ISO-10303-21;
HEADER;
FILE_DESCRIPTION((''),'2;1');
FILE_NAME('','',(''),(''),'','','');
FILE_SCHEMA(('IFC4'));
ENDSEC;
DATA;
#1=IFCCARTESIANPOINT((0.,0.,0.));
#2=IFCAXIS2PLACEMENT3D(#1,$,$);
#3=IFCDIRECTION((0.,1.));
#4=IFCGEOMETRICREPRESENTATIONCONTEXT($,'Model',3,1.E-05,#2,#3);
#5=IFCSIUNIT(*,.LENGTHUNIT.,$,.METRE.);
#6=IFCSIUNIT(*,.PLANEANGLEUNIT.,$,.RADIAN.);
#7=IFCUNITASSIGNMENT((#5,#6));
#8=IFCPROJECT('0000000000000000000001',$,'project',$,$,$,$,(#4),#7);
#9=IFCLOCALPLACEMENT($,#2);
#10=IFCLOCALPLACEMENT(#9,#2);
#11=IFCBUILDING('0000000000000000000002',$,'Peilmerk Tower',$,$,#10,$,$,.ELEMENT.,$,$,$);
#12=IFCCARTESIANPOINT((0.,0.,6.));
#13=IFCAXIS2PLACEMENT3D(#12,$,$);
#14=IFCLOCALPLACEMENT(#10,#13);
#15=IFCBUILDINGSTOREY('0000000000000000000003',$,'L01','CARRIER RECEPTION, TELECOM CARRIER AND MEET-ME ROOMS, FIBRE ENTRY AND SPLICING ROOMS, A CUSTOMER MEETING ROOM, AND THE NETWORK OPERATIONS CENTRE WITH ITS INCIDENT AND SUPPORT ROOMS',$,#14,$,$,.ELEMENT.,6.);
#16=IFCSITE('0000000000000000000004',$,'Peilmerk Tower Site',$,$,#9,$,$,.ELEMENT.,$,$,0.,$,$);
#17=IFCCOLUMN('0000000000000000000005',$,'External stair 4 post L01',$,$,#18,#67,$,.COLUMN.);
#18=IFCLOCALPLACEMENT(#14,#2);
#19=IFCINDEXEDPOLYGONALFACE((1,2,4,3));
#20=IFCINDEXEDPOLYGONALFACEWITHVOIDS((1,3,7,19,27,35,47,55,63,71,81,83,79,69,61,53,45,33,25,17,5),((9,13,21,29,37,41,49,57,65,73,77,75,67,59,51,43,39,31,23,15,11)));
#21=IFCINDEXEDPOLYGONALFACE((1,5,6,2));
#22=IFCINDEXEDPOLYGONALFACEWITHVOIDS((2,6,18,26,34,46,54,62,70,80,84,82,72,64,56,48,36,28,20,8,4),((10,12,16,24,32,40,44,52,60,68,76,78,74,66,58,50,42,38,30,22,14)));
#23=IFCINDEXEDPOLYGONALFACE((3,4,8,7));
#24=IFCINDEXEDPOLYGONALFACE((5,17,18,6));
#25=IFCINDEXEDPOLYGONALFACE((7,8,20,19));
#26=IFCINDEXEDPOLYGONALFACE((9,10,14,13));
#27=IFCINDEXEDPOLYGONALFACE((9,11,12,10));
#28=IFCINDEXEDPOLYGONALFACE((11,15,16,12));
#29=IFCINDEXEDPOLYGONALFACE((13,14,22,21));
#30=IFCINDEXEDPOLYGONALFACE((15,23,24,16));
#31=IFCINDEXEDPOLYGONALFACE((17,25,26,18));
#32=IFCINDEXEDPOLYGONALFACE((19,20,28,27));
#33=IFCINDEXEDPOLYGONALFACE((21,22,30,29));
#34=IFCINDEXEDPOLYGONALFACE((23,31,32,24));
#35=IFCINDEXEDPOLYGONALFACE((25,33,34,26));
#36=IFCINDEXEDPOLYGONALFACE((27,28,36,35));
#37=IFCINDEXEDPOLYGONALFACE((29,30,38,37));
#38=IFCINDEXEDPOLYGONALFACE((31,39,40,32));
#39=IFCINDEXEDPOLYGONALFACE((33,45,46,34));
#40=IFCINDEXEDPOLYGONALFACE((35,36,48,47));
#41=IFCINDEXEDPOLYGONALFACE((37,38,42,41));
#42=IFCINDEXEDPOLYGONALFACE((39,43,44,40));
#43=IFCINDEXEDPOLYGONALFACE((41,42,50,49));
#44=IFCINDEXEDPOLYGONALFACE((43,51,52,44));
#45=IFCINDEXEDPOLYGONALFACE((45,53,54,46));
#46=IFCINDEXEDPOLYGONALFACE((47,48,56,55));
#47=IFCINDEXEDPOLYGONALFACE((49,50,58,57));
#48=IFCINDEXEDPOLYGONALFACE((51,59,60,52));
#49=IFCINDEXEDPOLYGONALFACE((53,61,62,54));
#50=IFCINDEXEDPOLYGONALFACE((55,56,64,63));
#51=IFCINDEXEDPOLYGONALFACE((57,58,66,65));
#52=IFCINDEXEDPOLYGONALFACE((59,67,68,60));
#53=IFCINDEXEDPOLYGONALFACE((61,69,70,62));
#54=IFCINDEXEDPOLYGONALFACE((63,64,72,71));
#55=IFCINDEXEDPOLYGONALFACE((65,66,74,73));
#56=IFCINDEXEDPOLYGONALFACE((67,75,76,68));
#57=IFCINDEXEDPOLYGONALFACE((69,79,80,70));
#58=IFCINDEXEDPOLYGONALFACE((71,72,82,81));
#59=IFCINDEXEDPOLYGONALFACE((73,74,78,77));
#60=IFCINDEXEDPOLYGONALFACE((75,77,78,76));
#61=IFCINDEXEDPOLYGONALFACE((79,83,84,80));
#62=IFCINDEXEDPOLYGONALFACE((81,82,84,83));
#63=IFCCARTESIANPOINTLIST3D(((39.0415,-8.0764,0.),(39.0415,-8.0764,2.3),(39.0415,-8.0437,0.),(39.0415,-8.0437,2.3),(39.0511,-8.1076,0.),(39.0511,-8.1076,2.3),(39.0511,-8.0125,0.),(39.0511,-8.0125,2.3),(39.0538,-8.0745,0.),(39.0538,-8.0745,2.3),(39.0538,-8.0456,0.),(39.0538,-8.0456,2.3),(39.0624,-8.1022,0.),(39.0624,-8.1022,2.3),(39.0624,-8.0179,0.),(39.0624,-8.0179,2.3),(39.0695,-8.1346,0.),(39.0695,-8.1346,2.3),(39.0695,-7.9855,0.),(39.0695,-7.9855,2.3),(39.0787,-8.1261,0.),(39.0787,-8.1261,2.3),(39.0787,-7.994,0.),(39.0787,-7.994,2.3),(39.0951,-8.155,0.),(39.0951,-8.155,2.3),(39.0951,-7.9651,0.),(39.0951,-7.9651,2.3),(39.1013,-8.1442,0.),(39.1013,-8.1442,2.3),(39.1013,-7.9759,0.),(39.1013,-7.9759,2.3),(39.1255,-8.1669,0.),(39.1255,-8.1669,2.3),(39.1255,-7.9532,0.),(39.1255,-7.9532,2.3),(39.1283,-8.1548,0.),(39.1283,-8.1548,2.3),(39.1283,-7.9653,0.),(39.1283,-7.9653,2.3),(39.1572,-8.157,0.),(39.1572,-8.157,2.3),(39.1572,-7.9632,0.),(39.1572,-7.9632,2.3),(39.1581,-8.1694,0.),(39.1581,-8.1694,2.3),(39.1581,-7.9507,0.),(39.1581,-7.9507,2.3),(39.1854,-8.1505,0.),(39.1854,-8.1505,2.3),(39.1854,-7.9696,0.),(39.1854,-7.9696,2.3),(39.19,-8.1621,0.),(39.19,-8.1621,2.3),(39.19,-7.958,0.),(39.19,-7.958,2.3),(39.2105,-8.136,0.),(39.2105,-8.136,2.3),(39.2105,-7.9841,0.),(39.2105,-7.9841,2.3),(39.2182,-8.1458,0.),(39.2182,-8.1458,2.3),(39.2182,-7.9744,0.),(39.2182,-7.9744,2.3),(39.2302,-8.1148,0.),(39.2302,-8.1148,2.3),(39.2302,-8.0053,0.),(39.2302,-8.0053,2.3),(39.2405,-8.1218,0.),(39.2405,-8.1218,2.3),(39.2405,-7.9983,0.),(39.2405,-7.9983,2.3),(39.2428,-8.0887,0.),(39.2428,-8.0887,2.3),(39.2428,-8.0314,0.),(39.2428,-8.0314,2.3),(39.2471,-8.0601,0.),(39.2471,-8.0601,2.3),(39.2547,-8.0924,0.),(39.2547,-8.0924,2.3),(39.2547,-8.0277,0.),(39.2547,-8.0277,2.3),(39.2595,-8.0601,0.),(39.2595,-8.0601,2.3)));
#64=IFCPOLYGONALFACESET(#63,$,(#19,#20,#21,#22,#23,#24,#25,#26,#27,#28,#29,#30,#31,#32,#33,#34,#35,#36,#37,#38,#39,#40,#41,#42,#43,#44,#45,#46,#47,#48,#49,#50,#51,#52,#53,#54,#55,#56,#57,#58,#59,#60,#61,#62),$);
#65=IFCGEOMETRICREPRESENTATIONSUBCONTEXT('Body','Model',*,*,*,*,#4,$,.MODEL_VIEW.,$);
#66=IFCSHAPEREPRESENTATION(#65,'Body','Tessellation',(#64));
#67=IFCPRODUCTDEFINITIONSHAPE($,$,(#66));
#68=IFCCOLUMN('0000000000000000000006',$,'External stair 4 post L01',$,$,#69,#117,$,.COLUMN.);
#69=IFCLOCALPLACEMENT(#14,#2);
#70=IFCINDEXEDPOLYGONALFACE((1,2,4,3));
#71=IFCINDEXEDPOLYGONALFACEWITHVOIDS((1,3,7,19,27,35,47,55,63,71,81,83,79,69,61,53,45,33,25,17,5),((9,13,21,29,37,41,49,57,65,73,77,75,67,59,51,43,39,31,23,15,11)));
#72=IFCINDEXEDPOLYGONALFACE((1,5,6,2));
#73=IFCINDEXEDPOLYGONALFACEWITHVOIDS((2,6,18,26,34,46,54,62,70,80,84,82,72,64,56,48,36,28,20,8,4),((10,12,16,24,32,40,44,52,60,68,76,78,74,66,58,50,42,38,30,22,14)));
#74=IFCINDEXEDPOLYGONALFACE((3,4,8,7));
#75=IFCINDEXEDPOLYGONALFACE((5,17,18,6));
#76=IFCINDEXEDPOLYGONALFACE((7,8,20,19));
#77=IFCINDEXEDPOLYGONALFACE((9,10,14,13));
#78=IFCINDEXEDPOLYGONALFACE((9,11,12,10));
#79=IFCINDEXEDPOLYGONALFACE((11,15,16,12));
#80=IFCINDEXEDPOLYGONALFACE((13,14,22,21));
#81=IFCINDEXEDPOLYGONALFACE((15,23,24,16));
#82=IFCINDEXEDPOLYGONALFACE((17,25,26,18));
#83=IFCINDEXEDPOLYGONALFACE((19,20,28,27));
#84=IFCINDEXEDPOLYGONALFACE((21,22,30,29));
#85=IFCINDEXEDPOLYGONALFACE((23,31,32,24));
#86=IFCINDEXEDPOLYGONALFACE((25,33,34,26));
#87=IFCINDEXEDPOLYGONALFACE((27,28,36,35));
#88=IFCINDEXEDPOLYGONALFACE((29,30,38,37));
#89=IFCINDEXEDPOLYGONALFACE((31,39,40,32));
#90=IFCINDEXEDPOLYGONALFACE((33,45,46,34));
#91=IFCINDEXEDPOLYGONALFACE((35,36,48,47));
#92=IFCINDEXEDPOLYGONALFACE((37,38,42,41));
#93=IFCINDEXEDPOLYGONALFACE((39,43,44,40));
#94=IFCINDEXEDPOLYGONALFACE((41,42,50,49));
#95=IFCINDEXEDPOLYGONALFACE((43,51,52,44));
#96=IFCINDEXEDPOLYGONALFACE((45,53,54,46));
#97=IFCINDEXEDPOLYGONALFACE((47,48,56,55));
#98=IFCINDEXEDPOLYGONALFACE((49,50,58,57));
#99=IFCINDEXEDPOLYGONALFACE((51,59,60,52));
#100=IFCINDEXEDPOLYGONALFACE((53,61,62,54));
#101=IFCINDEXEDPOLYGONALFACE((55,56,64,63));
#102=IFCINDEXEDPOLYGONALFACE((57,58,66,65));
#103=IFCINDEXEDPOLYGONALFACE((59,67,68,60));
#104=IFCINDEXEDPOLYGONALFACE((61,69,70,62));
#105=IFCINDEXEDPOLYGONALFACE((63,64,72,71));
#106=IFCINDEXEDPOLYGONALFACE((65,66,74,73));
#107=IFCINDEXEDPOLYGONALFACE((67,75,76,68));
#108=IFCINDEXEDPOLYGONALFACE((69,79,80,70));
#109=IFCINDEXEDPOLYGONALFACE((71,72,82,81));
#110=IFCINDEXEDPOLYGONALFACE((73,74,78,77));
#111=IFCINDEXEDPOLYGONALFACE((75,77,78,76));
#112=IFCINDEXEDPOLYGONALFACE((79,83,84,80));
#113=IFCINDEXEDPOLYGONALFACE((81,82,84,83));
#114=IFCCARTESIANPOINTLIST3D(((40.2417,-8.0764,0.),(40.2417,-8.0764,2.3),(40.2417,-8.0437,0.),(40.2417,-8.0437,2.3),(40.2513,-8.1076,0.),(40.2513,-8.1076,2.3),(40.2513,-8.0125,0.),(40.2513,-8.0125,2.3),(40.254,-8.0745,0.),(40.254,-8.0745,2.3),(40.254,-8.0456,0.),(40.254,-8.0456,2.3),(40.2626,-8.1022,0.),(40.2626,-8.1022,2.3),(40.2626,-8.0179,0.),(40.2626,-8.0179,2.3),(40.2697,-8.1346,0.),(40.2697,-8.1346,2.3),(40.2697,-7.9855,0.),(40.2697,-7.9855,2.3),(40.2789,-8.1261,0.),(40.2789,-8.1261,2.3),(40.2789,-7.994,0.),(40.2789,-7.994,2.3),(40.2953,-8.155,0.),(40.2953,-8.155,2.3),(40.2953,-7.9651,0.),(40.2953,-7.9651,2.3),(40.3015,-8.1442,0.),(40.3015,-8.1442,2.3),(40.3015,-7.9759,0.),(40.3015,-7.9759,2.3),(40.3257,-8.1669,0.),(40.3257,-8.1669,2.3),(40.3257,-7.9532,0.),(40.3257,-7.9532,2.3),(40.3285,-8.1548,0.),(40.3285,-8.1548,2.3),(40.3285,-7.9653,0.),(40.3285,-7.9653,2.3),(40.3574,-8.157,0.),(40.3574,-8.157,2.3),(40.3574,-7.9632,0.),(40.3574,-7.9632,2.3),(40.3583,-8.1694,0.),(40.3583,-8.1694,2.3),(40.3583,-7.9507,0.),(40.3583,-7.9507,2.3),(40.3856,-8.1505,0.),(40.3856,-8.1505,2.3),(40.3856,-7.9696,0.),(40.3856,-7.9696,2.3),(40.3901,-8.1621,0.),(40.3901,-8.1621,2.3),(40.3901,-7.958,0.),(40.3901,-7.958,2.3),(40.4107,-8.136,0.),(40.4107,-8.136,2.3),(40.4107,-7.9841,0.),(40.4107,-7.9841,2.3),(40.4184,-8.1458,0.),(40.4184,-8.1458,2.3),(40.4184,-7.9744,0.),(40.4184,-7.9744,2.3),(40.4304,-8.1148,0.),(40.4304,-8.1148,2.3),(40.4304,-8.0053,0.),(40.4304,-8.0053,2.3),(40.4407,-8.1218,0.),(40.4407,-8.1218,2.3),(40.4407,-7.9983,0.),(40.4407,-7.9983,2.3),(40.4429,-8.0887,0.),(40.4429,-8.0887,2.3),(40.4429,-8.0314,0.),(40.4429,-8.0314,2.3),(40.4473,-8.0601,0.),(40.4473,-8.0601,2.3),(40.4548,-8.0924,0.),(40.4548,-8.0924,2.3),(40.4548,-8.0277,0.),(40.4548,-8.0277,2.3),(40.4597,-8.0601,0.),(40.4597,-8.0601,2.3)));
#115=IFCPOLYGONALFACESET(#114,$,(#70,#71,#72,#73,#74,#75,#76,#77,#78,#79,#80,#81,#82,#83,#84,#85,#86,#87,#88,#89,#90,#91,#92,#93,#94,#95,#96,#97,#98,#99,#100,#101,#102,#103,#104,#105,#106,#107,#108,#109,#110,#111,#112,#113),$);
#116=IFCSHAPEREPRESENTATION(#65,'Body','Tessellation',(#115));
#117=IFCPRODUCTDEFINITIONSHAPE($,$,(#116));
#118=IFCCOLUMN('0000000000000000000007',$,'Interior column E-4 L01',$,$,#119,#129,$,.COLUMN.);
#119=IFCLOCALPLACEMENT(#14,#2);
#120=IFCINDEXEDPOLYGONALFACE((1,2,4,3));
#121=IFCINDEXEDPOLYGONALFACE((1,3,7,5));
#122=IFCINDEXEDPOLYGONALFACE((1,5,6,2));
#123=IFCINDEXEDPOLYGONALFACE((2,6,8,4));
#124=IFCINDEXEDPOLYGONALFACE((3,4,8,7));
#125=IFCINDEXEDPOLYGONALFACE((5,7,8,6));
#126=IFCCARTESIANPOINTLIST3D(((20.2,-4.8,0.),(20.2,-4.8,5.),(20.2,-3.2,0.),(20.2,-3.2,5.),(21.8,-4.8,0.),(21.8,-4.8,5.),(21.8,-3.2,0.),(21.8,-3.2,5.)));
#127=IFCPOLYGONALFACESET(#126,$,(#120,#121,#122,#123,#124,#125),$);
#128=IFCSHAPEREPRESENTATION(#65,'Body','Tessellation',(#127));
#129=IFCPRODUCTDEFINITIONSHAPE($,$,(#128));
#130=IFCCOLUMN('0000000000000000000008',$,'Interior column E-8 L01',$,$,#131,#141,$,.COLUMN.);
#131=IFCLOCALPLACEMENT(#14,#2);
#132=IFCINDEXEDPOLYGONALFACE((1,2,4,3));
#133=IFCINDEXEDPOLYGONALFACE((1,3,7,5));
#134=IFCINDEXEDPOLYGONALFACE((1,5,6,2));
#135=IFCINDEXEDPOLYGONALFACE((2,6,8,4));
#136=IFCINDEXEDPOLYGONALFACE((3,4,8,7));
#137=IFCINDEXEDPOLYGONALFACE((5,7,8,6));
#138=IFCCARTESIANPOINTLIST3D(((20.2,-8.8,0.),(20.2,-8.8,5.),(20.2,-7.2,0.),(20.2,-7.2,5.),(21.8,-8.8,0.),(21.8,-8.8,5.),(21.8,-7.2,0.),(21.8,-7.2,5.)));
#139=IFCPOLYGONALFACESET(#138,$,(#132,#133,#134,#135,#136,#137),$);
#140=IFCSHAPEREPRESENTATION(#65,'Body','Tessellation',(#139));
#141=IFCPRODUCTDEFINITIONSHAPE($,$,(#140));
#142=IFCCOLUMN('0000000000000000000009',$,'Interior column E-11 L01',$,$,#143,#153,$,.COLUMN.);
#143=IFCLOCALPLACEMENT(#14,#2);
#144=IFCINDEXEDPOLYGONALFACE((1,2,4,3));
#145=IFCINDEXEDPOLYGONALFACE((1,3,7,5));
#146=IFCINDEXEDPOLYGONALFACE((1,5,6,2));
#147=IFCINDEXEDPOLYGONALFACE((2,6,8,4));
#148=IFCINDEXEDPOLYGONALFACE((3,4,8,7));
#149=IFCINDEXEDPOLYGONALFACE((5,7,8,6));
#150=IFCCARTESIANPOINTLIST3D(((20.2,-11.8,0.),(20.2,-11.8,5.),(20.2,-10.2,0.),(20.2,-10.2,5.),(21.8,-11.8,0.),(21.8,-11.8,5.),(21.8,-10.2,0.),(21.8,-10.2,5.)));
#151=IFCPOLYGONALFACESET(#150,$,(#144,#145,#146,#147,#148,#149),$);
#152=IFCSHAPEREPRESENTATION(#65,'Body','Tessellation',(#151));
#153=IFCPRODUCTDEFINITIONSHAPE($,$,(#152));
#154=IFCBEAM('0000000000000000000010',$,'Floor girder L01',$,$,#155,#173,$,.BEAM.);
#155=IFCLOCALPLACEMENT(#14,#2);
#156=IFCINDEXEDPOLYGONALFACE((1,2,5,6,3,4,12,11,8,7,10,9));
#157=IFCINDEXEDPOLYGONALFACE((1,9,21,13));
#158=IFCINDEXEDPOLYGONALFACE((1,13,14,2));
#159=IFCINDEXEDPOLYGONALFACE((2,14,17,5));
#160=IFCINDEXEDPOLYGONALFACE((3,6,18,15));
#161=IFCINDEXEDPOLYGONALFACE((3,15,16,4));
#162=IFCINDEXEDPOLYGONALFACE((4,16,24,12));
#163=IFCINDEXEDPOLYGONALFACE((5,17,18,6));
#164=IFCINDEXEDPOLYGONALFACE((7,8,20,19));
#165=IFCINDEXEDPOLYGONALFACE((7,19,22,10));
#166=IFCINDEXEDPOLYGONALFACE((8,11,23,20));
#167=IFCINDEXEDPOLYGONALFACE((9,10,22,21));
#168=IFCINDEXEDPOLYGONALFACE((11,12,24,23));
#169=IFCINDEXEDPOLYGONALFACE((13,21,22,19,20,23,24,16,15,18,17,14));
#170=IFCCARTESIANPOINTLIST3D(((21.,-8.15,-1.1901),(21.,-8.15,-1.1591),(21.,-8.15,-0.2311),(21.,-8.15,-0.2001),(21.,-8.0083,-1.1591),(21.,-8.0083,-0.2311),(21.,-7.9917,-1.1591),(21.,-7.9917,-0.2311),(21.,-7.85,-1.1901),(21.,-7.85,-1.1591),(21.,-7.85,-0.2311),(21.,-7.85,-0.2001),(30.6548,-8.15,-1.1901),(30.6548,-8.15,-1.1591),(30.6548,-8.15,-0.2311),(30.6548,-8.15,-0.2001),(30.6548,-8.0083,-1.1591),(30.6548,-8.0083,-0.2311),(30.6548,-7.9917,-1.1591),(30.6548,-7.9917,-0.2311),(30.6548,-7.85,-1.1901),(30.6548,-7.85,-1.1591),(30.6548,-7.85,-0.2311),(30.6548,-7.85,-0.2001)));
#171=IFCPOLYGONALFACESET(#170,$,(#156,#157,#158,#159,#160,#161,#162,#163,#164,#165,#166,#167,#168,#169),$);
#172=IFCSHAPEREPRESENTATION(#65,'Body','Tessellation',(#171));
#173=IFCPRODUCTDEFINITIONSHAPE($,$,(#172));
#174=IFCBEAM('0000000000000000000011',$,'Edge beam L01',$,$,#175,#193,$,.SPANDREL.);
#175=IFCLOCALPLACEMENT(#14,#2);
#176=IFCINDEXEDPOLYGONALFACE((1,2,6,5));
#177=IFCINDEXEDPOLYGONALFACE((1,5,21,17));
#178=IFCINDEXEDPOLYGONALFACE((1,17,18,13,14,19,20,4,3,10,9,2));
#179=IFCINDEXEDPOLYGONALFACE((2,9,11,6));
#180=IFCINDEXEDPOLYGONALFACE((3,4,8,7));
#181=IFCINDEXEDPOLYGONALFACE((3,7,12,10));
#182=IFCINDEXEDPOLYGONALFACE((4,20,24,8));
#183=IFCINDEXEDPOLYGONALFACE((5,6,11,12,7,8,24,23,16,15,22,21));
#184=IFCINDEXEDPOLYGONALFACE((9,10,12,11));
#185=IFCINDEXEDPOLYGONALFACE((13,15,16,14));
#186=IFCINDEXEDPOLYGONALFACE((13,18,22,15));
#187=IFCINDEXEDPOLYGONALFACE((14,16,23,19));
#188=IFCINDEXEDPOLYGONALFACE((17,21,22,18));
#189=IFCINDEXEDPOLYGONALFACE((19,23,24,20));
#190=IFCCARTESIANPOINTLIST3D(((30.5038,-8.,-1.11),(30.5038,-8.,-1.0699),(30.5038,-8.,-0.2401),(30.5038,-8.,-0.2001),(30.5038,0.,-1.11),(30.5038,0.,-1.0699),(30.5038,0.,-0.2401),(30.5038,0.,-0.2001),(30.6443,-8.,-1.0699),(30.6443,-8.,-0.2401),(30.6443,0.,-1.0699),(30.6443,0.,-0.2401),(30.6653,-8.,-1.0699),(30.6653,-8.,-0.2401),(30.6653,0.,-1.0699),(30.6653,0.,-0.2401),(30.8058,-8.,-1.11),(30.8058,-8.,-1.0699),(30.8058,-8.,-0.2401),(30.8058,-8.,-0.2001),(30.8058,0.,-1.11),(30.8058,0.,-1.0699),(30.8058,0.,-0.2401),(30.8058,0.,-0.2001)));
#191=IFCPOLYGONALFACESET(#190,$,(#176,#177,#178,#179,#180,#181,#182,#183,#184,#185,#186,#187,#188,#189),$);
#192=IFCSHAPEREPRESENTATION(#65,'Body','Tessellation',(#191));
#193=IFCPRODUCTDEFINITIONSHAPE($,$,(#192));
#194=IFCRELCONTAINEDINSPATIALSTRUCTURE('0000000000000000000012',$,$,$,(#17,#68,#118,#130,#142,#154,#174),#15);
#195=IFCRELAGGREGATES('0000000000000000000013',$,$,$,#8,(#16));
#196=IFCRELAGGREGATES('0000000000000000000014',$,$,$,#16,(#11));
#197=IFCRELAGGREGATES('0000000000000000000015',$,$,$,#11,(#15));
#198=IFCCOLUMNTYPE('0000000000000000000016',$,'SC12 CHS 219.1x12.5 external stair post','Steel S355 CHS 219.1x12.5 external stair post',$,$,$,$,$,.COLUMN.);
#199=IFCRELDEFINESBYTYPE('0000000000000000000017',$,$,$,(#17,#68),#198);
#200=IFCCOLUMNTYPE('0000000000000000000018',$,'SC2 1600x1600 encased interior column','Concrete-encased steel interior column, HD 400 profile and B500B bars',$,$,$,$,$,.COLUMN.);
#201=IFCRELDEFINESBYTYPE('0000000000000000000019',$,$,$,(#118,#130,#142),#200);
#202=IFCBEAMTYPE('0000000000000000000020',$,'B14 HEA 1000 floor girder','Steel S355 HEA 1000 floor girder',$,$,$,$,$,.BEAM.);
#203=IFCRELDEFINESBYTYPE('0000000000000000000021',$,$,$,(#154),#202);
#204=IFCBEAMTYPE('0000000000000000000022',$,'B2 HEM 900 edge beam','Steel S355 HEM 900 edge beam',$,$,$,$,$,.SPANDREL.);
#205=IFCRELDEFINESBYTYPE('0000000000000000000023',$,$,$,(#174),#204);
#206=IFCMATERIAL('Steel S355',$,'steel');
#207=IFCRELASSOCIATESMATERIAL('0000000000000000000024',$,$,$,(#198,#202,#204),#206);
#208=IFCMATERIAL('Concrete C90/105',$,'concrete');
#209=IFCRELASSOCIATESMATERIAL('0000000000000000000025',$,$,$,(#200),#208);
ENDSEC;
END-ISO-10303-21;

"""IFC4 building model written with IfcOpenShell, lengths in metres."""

from ifc_helpers import new_model, si_unit, direction, frame, origin, origin_2d, place, context, subcontext, project, spatial, rectangle, hollow_circle, i_section, extrude, material, material_profile, profile_set, type_object, element, save


model = new_model("IFC4")

# Units and contexts
model_context = context("Model", 3, precision=1e-05, world=origin(), true_north=direction((0.0, 1.0)))
body_context = subcontext(model_context, "Body", "Model", "MODEL_VIEW")
ifc_project = project(units=[si_unit("LENGTHUNIT", "METRE"), si_unit("PLANEANGLEUNIT", "RADIAN")], contexts=[model_context])

# Site, building, storey
site_placement = place(None, origin())
site = spatial("IfcSite", under=ifc_project, at=site_placement, Name="Peilmerk Tower Site", CompositionType="ELEMENT", RefElevation=0.0)
building_placement = place(site_placement, origin())
building = spatial("IfcBuilding", under=site, at=building_placement, Name="Peilmerk Tower", CompositionType="ELEMENT")
storey_placement = place(building_placement, frame((0.0, 0.0, 6.0)))
storey = spatial("IfcBuildingStorey", under=building, at=storey_placement, Name="L01", Description="CARRIER RECEPTION, TELECOM CARRIER AND MEET-ME ROOMS, FIBRE ENTRY AND SPLICING ROOMS, A CUSTOMER MEETING ROOM, AND THE NETWORK OPERATIONS CENTRE WITH ITS INCIDENT AND SUPPORT ROOMS", CompositionType="ELEMENT", Elevation=6.0)

# Columns
ifc_material_1 = material(Name="Concrete C90/105", Category="concrete")
ifc_material_2 = material(Name="Steel S355", Category="steel")
ifc_material_profile_1 = material_profile(ifc_material_2, hollow_circle(Radius=0.1096, WallThickness=0.0125, at=origin_2d()), Name="CHS 219.1x12.5")
ifc_profile_set_1 = profile_set([ifc_material_profile_1], Name="Steel S355")
column_type_1 = type_object("IfcColumnType", Name="SC12 CHS 219.1x12.5 external stair post", Description="Steel S355 CHS 219.1x12.5 external stair post", PredefinedType="COLUMN", material=ifc_profile_set_1)
for number, where, z_axis, x_axis, name in (
    (1, (39.1499, -8.0601, 0.0), (0.0, 0.0, 1.0), (1.0, 0.0, 0.0), "External stair 4 post L01"),
    (2, (40.3501, -8.0601, 0.0), (0.0, 0.0, 1.0), (1.0, 0.0, 0.0), "External stair 4 post L01"),
):
    element("IfcColumn", number, at=place(storey_placement, frame(where, z_axis=z_axis, x_axis=x_axis)), inside=storey, type_object=column_type_1, Name=name, PredefinedType="COLUMN", context=body_context, shape_type="SweptSolid", body=[
        extrude(hollow_circle(Radius=0.1096, WallThickness=0.0125, at=origin_2d()), origin(), (0.0, 0.0, 1.0), 2.3),
    ])
ifc_material_profile_2 = material_profile(ifc_material_1, rectangle(XDim=1.6001, YDim=1.6001, at=origin_2d()), Name="RC 1600x1600")
ifc_profile_set_2 = profile_set([ifc_material_profile_2], Name="Concrete C90/105")
column_type_2 = type_object("IfcColumnType", Name="SC2 1600x1600 encased interior column", Description="Concrete-encased steel interior column, HD 400 profile and B500B bars", PredefinedType="COLUMN", material=ifc_profile_set_2)
for number, where, z_axis, x_axis, name in (
    (3, (21.0, -4.0, 0.0), (0.0, 0.0, 1.0), (1.0, 0.0, 0.0), "Interior column E-4 L01"),
    (4, (21.0, -8.0, 0.0), (0.0, 0.0, 1.0), (1.0, 0.0, 0.0), "Interior column E-8 L01"),
    (5, (21.0, -11.0, 0.0), (0.0, 0.0, 1.0), (1.0, 0.0, 0.0), "Interior column E-11 L01"),
):
    element("IfcColumn", number, at=place(storey_placement, frame(where, z_axis=z_axis, x_axis=x_axis)), inside=storey, type_object=column_type_2, Name=name, PredefinedType="COLUMN", context=body_context, shape_type="SweptSolid", body=[
        extrude(rectangle(XDim=1.6001, YDim=1.6001, at=origin_2d()), origin(), (0.0, 0.0, 1.0), 5.0),
    ])

# Beams
ifc_material_profile_3 = material_profile(ifc_material_2, i_section(OverallWidth=0.3, OverallDepth=0.99, WebThickness=0.0166, FlangeThickness=0.031, at=origin_2d()), Name="HEA 1000")
ifc_profile_set_3 = profile_set([ifc_material_profile_3], Name="Steel S355")
beam_type_1 = type_object("IfcBeamType", Name="B14 HEA 1000 floor girder", Description="Steel S355 HEA 1000 floor girder", PredefinedType="BEAM", material=ifc_profile_set_3)
beam_1_placement = place(storey_placement, frame((21.0, -8.0, -0.6951), z_axis=(1.0, 0.0, 0.0), x_axis=(0.0, 1.0, 0.0)))
element("IfcBeam", 6, at=beam_1_placement, inside=storey, type_object=beam_type_1, Name="Floor girder L01", PredefinedType="BEAM", context=body_context, shape_type="SweptSolid", body=[
    extrude(i_section(OverallWidth=0.3, OverallDepth=0.99, WebThickness=0.0166, FlangeThickness=0.031, at=origin_2d()), origin(), (0.0, 0.0, 1.0), 9.6548),
])
ifc_material_profile_4 = material_profile(ifc_material_2, i_section(OverallWidth=0.302, OverallDepth=0.9099, WebThickness=0.021, FlangeThickness=0.04, at=origin_2d()), Name="HEM 900")
ifc_profile_set_4 = profile_set([ifc_material_profile_4], Name="Steel S355")
beam_type_2 = type_object("IfcBeamType", Name="B2 HEM 900 edge beam", Description="Steel S355 HEM 900 edge beam", PredefinedType="SPANDREL", material=ifc_profile_set_4)
beam_2_placement = place(storey_placement, frame((30.6548, -8.0, -0.655), z_axis=(0.0, 1.0, 0.0), x_axis=(-1.0, 0.0, 0.0)))
element("IfcBeam", 7, at=beam_2_placement, inside=storey, type_object=beam_type_2, Name="Edge beam L01", PredefinedType="SPANDREL", context=body_context, shape_type="SweptSolid", body=[
    extrude(i_section(OverallWidth=0.302, OverallDepth=0.9099, WebThickness=0.021, FlangeThickness=0.04, at=origin_2d()), origin(), (0.0, 0.0, 1.0), 8.0),
])

save(model, "model.ifc")
